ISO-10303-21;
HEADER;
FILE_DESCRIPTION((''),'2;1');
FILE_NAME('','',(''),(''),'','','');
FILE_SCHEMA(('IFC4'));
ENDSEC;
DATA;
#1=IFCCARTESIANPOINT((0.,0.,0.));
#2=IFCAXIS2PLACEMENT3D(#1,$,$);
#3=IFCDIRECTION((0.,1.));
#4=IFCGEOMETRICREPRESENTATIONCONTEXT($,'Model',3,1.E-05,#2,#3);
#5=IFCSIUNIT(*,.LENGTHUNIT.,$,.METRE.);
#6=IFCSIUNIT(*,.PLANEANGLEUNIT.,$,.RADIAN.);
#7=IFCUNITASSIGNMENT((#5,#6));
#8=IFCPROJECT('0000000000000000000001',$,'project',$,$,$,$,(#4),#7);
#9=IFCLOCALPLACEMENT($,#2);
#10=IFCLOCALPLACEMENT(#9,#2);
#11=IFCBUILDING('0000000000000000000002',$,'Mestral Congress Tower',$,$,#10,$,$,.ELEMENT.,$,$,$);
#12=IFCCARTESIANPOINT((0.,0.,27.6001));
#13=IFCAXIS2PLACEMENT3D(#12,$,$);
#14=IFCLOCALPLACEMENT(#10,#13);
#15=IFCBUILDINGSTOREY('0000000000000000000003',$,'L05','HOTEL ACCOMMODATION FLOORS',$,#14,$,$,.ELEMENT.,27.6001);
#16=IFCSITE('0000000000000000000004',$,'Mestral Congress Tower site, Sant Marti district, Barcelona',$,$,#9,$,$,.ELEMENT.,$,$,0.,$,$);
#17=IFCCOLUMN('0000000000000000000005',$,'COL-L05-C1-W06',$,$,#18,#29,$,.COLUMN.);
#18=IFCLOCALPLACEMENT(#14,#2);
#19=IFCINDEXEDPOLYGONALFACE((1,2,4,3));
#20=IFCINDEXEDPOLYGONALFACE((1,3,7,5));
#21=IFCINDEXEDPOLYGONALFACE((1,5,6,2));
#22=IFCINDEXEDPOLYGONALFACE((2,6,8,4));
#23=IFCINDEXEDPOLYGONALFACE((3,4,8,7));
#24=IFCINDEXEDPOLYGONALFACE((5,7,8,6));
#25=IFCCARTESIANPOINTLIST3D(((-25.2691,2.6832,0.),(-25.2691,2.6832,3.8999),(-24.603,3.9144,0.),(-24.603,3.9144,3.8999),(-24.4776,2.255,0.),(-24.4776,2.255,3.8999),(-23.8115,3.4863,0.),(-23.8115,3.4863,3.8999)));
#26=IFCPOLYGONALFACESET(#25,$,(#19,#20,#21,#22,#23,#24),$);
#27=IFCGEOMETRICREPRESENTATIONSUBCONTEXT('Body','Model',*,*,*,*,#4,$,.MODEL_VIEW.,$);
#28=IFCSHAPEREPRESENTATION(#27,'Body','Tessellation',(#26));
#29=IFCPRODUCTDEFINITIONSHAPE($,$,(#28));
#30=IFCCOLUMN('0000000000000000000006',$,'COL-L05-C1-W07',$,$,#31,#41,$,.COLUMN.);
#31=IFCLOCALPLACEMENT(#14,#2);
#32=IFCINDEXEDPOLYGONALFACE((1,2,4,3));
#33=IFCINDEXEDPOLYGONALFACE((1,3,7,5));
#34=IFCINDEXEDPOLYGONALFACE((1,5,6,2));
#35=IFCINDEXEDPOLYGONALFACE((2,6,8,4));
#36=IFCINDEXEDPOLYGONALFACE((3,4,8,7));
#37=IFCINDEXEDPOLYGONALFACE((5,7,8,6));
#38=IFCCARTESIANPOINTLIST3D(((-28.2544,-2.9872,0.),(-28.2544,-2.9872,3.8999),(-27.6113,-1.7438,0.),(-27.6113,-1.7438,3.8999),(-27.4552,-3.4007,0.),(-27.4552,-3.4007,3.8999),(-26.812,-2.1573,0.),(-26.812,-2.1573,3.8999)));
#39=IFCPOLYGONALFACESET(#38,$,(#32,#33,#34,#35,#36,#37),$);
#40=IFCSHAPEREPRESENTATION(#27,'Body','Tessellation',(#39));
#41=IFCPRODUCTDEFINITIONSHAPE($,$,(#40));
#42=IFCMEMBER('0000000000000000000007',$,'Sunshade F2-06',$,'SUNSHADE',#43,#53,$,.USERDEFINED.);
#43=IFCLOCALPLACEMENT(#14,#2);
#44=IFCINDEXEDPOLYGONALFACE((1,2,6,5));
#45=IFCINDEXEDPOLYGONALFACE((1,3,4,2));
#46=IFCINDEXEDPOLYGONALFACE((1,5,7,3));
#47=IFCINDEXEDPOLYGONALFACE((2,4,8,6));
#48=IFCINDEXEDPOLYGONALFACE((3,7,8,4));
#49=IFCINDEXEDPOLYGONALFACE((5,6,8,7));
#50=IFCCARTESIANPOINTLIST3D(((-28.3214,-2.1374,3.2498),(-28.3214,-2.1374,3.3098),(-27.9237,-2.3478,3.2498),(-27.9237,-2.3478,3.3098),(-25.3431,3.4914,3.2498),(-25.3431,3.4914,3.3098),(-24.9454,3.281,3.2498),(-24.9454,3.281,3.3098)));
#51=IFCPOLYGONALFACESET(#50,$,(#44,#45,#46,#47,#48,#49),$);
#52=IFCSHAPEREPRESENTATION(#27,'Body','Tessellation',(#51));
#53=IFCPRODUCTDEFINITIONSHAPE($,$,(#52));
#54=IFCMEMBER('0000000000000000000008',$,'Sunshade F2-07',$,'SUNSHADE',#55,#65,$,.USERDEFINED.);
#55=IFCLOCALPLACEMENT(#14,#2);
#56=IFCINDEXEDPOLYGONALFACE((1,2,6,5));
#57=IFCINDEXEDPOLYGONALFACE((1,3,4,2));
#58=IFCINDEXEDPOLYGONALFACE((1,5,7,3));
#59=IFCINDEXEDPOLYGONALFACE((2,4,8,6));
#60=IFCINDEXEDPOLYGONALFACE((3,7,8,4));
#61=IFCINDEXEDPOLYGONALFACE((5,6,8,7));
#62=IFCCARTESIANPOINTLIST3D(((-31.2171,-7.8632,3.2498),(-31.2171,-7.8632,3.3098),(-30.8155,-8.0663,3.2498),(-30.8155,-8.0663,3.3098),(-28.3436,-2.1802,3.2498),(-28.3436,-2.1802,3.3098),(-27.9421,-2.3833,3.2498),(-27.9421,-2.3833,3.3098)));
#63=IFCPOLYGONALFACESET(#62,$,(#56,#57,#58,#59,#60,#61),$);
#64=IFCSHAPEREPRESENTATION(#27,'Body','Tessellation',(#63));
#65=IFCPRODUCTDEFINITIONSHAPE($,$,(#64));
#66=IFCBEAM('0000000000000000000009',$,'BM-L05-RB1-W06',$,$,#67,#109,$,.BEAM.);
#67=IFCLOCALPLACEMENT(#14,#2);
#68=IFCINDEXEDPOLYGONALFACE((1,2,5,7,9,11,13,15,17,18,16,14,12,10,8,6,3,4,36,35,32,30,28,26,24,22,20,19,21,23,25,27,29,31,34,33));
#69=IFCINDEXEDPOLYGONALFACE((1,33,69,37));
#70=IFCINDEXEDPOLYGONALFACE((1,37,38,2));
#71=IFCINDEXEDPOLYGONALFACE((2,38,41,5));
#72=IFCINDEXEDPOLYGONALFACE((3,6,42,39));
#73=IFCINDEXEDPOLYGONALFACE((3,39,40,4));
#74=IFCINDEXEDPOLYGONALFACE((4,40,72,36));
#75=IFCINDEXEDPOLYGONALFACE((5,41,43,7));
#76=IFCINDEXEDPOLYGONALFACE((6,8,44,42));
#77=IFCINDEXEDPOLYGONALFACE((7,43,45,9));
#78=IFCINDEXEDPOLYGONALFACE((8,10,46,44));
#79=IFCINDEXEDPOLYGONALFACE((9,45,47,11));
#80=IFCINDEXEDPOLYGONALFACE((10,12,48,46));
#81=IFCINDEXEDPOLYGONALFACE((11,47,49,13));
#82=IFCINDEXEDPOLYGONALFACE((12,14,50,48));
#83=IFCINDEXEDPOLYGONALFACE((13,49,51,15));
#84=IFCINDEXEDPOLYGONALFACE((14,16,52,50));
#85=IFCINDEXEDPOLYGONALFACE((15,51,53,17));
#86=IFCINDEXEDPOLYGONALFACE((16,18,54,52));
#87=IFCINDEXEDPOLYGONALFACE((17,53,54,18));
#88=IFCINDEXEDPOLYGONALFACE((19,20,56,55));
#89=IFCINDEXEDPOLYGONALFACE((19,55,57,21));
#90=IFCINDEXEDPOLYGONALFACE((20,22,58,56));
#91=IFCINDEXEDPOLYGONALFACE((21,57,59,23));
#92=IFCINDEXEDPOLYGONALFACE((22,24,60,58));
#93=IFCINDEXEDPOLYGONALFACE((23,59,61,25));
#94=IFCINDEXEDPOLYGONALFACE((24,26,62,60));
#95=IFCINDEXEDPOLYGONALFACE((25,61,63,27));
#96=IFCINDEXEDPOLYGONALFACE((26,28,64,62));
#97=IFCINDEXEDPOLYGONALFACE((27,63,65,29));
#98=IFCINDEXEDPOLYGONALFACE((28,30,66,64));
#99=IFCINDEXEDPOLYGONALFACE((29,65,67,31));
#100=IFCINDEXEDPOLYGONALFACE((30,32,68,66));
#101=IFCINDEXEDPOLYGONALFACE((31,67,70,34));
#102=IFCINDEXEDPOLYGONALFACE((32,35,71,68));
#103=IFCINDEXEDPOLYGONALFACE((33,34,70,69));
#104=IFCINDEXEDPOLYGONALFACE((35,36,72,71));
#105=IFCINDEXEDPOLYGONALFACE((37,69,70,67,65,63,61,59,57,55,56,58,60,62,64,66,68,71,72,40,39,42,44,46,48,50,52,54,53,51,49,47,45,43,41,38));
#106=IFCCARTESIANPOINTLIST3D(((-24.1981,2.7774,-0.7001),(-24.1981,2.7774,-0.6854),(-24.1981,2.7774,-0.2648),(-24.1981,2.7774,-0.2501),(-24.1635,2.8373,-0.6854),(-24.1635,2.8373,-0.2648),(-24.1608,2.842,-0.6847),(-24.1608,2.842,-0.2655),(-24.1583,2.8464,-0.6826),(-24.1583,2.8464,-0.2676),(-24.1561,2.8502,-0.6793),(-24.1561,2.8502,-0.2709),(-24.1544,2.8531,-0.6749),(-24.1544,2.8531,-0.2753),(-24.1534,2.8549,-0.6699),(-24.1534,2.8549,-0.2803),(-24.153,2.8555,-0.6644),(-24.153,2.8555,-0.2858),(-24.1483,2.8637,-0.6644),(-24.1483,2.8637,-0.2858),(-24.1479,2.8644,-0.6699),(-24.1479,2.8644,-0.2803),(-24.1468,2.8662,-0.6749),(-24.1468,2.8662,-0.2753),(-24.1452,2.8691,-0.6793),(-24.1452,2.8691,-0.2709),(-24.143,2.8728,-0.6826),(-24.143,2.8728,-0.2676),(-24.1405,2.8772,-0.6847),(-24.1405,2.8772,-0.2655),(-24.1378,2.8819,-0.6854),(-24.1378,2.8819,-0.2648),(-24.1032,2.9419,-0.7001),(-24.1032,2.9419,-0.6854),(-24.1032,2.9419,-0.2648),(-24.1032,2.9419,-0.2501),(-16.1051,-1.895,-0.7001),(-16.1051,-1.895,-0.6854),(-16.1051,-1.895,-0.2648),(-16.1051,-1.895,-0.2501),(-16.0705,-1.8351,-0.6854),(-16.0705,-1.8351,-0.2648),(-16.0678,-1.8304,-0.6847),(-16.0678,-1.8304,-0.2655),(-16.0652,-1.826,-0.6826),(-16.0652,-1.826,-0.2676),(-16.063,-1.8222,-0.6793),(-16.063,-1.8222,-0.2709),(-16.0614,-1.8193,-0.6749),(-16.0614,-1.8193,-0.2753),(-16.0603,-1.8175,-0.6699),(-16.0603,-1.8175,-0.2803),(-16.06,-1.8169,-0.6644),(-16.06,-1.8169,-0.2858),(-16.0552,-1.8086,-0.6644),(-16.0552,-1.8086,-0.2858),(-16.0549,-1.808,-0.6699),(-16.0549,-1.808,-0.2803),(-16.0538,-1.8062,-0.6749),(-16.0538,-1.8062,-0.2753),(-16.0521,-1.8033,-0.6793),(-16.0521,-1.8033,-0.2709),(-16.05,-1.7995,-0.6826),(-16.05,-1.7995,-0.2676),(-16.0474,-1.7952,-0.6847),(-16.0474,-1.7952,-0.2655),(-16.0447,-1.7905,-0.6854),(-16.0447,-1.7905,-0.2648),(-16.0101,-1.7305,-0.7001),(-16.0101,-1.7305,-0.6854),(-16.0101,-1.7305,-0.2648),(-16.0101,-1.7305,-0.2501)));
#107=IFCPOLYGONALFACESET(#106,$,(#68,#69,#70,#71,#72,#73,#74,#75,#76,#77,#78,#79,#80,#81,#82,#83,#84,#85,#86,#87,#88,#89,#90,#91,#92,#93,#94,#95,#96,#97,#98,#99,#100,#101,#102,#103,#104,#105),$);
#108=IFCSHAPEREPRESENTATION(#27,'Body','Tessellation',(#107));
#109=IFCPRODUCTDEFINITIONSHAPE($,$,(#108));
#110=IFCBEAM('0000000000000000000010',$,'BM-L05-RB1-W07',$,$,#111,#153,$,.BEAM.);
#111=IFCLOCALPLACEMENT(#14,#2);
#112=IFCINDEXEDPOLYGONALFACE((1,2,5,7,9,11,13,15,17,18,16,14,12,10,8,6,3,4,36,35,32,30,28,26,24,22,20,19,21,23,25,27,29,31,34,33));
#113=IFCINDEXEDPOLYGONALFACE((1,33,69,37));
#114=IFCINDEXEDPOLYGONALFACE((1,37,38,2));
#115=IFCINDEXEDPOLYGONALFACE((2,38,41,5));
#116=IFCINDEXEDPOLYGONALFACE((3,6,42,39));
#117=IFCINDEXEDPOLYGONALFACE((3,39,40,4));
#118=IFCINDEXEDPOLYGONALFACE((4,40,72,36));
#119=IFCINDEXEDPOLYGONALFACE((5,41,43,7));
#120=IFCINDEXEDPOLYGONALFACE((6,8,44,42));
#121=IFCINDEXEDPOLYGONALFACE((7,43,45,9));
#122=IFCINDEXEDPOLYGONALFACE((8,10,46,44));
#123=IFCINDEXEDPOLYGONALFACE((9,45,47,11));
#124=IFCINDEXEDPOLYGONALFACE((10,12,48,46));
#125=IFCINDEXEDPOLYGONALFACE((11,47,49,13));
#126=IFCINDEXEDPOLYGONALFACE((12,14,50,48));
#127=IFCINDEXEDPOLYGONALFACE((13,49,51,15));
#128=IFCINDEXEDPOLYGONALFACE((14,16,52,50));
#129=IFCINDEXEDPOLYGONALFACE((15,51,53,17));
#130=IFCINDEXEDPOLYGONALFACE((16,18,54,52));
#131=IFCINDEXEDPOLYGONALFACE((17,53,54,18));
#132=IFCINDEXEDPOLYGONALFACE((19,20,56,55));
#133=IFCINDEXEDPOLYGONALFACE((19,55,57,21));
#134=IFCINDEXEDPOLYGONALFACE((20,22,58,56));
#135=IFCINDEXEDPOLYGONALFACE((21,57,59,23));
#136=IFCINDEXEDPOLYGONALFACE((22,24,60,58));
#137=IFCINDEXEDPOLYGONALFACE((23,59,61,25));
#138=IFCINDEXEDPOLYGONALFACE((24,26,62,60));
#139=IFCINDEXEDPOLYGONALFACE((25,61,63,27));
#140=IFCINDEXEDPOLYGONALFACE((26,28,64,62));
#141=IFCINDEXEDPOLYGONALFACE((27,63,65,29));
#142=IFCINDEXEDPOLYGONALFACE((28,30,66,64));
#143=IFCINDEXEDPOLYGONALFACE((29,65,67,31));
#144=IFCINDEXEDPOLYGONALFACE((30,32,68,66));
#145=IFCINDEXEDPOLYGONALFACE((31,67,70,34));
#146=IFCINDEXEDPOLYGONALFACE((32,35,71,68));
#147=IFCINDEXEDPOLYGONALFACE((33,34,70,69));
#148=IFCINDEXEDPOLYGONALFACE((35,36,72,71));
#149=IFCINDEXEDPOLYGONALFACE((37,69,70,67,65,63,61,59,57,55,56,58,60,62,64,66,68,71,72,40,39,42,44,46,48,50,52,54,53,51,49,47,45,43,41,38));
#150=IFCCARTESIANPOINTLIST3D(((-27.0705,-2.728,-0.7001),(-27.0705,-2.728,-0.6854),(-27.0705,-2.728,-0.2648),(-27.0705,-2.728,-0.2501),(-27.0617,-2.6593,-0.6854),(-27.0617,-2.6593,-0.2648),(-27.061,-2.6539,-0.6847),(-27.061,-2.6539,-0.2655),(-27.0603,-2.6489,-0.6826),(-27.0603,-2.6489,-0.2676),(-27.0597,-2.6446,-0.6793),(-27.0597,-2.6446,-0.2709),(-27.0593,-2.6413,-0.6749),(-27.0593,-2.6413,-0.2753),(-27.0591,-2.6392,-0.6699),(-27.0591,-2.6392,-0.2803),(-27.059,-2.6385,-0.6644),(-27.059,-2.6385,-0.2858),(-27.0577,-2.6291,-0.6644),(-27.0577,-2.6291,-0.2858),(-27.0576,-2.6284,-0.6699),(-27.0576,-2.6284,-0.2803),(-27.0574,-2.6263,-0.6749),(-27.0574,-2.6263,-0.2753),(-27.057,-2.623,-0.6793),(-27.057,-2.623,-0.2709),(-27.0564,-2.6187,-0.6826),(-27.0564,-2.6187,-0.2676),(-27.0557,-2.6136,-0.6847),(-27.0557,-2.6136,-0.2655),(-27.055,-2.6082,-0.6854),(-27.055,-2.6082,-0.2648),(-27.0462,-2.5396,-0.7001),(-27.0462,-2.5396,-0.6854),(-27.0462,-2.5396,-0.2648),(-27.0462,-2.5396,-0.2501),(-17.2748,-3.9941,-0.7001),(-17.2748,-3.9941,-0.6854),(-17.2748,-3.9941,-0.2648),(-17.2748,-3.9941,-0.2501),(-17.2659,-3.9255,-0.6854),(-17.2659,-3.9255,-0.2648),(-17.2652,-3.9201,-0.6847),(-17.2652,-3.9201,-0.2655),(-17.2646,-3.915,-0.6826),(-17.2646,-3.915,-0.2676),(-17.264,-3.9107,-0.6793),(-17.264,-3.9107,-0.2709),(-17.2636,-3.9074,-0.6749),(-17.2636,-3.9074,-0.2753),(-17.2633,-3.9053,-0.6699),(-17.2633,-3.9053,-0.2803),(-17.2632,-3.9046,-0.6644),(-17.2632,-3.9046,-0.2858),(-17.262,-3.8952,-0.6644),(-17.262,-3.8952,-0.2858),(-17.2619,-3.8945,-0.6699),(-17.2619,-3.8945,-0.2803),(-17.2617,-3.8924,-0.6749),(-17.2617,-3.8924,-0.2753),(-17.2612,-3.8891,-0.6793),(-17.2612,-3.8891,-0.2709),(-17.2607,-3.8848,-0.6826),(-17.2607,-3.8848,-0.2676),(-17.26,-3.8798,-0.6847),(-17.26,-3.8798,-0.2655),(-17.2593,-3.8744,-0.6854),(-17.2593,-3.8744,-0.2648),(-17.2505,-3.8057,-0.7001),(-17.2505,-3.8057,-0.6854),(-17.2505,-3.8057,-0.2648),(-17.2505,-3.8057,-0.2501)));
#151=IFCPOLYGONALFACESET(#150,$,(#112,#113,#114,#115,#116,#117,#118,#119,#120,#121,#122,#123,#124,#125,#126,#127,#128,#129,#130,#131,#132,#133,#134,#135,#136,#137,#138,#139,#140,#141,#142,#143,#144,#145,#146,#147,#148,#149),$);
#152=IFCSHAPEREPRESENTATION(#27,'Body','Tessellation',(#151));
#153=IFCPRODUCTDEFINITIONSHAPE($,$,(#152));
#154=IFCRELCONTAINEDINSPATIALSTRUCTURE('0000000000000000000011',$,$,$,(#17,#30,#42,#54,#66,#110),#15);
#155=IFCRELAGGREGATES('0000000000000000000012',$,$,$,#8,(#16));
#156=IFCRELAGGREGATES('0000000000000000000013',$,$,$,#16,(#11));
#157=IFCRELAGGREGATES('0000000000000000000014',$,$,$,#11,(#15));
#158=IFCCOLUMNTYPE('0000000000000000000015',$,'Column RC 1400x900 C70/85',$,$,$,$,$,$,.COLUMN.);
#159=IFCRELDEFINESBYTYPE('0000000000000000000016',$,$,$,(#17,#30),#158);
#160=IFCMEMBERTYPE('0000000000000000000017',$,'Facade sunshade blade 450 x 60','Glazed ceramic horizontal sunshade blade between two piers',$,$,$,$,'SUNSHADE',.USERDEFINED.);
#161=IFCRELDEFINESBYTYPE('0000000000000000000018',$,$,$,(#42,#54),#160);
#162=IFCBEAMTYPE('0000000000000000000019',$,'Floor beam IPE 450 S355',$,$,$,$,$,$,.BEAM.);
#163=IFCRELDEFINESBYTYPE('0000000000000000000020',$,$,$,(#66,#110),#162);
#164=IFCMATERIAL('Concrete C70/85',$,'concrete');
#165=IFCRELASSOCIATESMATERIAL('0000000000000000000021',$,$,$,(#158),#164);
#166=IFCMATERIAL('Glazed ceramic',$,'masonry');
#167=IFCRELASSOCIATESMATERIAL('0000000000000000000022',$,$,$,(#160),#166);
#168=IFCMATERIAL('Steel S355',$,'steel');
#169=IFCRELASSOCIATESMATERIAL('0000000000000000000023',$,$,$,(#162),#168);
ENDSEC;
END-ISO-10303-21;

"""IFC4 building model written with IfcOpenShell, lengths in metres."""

from ifc_helpers import new_model, si_unit, direction, frame, origin, origin_2d, place, context, subcontext, project, spatial, rectangle, i_section, extrude, material, material_profile, profile_set, type_object, element, save


model = new_model("IFC4")

# Units and contexts
model_context = context("Model", 3, precision=1e-05, world=origin(), true_north=direction((0.0, 1.0)))
body_context = subcontext(model_context, "Body", "Model", "MODEL_VIEW")
ifc_project = project(units=[si_unit("LENGTHUNIT", "METRE"), si_unit("PLANEANGLEUNIT", "RADIAN")], contexts=[model_context])

# Site, building, storey
site_placement = place(None, origin())
site = spatial("IfcSite", under=ifc_project, at=site_placement, Name="Mestral Congress Tower site, Sant Marti district, Barcelona", CompositionType="ELEMENT", RefElevation=0.0)
building_placement = place(site_placement, origin())
building = spatial("IfcBuilding", under=site, at=building_placement, Name="Mestral Congress Tower", CompositionType="ELEMENT")
storey_placement = place(building_placement, frame((0.0, 0.0, 27.6001)))
storey = spatial("IfcBuildingStorey", under=building, at=storey_placement, Name="L05", Description="HOTEL ACCOMMODATION FLOORS", CompositionType="ELEMENT", Elevation=27.6001)

# Columns
ifc_material_1 = material(Name="Concrete C70/85", Category="concrete")
ifc_material_profile_1 = material_profile(ifc_material_1, rectangle(XDim=1.3999, YDim=0.8999, at=origin_2d()), Name="RC 1400x900")
ifc_profile_set_1 = profile_set([ifc_material_profile_1], Name="Concrete C70/85")
column_type = type_object("IfcColumnType", Name="Column RC 1400x900 C70/85", PredefinedType="COLUMN", material=ifc_profile_set_1)
for number, where, z_axis, x_axis, name in (
    (1, (-24.5403, 3.0847, 0.0), (0.0, 0.0, 1.0), (-0.475796, -0.879556, 0.0), "COL-L05-C1-W06"),
    (2, (-27.5332, -2.5723, 0.0), (0.0, 0.0, 1.0), (-0.459456, -0.888201, 0.0), "COL-L05-C1-W07"),
):
    element("IfcColumn", number, at=place(storey_placement, frame(where, z_axis=z_axis, x_axis=x_axis)), inside=storey, type_object=column_type, Name=name, PredefinedType="COLUMN", context=body_context, shape_type="SweptSolid", body=[
        extrude(rectangle(XDim=1.3999, YDim=0.8999, at=origin_2d()), origin(), (0.0, 0.0, 1.0), 3.8999),
    ])

# Members
ifc_material_2 = material(Name="Glazed ceramic", Category="masonry")
ifc_material_profile_2 = material_profile(ifc_material_2, rectangle(XDim=0.45, YDim=0.0601, at=origin_2d()), Name="Ceramic blade 450 x 60")
ifc_profile_set_2 = profile_set([ifc_material_profile_2], Name="Glazed ceramic")
member_type = type_object("IfcMemberType", Name="Facade sunshade blade 450 x 60", Description="Glazed ceramic horizontal sunshade blade between two piers", ElementType="SUNSHADE", PredefinedType="USERDEFINED", material=ifc_profile_set_2)
for number, where, z_axis, x_axis, name in (
    (3, (-25.1443, 3.3862, 3.2798), (-0.467675, -0.883901, 0.0), (0.883901, -0.467675, 0.0), "Sunshade F2-06"),
    (4, (-28.1428, -2.2817, 3.2798), (-0.451227, -0.892409, 0.0), (0.892409, -0.451227, 0.0), "Sunshade F2-07"),
):
    element("IfcMember", number, at=place(storey_placement, frame(where, z_axis=z_axis, x_axis=x_axis)), inside=storey, type_object=member_type, Name=name, ObjectType="SUNSHADE", PredefinedType="USERDEFINED", context=body_context, shape_type="SweptSolid", body=[
        extrude(rectangle(XDim=0.45, YDim=0.0601, at=origin_2d()), origin(), (0.0, 0.0, 1.0), 6.3682),
    ])

# Beams
ifc_material_3 = material(Name="Steel S355", Category="steel")
ifc_material_profile_3 = material_profile(ifc_material_3, i_section(OverallWidth=0.1899, OverallDepth=0.45, WebThickness=0.0095, FlangeThickness=0.0146, FilletRadius=0.021, at=origin_2d()), Name="IPE 450")
ifc_profile_set_3 = profile_set([ifc_material_profile_3], Name="Steel S355")
beam_type_1 = type_object("IfcBeamType", Name="Floor beam IPE 450 S355", PredefinedType="BEAM", material=ifc_profile_set_3)
beam_1_placement = place(storey_placement, frame((-24.1506, 2.8596, -0.4751), z_axis=(0.866032, -0.499989, 0.0), x_axis=(0.499989, 0.866032, 0.0)))
element("IfcBeam", 5, at=beam_1_placement, inside=storey, type_object=beam_type_1, Name="BM-L05-RB1-W06", PredefinedType="BEAM", context=body_context, shape_type="SweptSolid", body=[
    extrude(i_section(OverallWidth=0.1899, OverallDepth=0.45, WebThickness=0.0095, FlangeThickness=0.0146, FilletRadius=0.021, at=origin_2d()), origin(), (0.0, 0.0, 1.0), 9.345),
])
beam_2_placement = place(storey_placement, frame((-27.0583, -2.6338, -0.4751), z_axis=(0.99175, -0.128186, 0.0), x_axis=(0.128186, 0.99175, 0.0)))
element("IfcBeam", 6, at=beam_2_placement, inside=storey, type_object=beam_type_1, Name="BM-L05-RB1-W07", PredefinedType="BEAM", context=body_context, shape_type="SweptSolid", body=[
    extrude(i_section(OverallWidth=0.1899, OverallDepth=0.45, WebThickness=0.0095, FlangeThickness=0.0146, FilletRadius=0.021, at=origin_2d()), origin(), (0.0, 0.0, 1.0), 9.8772),
])

save(model, "model.ifc")
